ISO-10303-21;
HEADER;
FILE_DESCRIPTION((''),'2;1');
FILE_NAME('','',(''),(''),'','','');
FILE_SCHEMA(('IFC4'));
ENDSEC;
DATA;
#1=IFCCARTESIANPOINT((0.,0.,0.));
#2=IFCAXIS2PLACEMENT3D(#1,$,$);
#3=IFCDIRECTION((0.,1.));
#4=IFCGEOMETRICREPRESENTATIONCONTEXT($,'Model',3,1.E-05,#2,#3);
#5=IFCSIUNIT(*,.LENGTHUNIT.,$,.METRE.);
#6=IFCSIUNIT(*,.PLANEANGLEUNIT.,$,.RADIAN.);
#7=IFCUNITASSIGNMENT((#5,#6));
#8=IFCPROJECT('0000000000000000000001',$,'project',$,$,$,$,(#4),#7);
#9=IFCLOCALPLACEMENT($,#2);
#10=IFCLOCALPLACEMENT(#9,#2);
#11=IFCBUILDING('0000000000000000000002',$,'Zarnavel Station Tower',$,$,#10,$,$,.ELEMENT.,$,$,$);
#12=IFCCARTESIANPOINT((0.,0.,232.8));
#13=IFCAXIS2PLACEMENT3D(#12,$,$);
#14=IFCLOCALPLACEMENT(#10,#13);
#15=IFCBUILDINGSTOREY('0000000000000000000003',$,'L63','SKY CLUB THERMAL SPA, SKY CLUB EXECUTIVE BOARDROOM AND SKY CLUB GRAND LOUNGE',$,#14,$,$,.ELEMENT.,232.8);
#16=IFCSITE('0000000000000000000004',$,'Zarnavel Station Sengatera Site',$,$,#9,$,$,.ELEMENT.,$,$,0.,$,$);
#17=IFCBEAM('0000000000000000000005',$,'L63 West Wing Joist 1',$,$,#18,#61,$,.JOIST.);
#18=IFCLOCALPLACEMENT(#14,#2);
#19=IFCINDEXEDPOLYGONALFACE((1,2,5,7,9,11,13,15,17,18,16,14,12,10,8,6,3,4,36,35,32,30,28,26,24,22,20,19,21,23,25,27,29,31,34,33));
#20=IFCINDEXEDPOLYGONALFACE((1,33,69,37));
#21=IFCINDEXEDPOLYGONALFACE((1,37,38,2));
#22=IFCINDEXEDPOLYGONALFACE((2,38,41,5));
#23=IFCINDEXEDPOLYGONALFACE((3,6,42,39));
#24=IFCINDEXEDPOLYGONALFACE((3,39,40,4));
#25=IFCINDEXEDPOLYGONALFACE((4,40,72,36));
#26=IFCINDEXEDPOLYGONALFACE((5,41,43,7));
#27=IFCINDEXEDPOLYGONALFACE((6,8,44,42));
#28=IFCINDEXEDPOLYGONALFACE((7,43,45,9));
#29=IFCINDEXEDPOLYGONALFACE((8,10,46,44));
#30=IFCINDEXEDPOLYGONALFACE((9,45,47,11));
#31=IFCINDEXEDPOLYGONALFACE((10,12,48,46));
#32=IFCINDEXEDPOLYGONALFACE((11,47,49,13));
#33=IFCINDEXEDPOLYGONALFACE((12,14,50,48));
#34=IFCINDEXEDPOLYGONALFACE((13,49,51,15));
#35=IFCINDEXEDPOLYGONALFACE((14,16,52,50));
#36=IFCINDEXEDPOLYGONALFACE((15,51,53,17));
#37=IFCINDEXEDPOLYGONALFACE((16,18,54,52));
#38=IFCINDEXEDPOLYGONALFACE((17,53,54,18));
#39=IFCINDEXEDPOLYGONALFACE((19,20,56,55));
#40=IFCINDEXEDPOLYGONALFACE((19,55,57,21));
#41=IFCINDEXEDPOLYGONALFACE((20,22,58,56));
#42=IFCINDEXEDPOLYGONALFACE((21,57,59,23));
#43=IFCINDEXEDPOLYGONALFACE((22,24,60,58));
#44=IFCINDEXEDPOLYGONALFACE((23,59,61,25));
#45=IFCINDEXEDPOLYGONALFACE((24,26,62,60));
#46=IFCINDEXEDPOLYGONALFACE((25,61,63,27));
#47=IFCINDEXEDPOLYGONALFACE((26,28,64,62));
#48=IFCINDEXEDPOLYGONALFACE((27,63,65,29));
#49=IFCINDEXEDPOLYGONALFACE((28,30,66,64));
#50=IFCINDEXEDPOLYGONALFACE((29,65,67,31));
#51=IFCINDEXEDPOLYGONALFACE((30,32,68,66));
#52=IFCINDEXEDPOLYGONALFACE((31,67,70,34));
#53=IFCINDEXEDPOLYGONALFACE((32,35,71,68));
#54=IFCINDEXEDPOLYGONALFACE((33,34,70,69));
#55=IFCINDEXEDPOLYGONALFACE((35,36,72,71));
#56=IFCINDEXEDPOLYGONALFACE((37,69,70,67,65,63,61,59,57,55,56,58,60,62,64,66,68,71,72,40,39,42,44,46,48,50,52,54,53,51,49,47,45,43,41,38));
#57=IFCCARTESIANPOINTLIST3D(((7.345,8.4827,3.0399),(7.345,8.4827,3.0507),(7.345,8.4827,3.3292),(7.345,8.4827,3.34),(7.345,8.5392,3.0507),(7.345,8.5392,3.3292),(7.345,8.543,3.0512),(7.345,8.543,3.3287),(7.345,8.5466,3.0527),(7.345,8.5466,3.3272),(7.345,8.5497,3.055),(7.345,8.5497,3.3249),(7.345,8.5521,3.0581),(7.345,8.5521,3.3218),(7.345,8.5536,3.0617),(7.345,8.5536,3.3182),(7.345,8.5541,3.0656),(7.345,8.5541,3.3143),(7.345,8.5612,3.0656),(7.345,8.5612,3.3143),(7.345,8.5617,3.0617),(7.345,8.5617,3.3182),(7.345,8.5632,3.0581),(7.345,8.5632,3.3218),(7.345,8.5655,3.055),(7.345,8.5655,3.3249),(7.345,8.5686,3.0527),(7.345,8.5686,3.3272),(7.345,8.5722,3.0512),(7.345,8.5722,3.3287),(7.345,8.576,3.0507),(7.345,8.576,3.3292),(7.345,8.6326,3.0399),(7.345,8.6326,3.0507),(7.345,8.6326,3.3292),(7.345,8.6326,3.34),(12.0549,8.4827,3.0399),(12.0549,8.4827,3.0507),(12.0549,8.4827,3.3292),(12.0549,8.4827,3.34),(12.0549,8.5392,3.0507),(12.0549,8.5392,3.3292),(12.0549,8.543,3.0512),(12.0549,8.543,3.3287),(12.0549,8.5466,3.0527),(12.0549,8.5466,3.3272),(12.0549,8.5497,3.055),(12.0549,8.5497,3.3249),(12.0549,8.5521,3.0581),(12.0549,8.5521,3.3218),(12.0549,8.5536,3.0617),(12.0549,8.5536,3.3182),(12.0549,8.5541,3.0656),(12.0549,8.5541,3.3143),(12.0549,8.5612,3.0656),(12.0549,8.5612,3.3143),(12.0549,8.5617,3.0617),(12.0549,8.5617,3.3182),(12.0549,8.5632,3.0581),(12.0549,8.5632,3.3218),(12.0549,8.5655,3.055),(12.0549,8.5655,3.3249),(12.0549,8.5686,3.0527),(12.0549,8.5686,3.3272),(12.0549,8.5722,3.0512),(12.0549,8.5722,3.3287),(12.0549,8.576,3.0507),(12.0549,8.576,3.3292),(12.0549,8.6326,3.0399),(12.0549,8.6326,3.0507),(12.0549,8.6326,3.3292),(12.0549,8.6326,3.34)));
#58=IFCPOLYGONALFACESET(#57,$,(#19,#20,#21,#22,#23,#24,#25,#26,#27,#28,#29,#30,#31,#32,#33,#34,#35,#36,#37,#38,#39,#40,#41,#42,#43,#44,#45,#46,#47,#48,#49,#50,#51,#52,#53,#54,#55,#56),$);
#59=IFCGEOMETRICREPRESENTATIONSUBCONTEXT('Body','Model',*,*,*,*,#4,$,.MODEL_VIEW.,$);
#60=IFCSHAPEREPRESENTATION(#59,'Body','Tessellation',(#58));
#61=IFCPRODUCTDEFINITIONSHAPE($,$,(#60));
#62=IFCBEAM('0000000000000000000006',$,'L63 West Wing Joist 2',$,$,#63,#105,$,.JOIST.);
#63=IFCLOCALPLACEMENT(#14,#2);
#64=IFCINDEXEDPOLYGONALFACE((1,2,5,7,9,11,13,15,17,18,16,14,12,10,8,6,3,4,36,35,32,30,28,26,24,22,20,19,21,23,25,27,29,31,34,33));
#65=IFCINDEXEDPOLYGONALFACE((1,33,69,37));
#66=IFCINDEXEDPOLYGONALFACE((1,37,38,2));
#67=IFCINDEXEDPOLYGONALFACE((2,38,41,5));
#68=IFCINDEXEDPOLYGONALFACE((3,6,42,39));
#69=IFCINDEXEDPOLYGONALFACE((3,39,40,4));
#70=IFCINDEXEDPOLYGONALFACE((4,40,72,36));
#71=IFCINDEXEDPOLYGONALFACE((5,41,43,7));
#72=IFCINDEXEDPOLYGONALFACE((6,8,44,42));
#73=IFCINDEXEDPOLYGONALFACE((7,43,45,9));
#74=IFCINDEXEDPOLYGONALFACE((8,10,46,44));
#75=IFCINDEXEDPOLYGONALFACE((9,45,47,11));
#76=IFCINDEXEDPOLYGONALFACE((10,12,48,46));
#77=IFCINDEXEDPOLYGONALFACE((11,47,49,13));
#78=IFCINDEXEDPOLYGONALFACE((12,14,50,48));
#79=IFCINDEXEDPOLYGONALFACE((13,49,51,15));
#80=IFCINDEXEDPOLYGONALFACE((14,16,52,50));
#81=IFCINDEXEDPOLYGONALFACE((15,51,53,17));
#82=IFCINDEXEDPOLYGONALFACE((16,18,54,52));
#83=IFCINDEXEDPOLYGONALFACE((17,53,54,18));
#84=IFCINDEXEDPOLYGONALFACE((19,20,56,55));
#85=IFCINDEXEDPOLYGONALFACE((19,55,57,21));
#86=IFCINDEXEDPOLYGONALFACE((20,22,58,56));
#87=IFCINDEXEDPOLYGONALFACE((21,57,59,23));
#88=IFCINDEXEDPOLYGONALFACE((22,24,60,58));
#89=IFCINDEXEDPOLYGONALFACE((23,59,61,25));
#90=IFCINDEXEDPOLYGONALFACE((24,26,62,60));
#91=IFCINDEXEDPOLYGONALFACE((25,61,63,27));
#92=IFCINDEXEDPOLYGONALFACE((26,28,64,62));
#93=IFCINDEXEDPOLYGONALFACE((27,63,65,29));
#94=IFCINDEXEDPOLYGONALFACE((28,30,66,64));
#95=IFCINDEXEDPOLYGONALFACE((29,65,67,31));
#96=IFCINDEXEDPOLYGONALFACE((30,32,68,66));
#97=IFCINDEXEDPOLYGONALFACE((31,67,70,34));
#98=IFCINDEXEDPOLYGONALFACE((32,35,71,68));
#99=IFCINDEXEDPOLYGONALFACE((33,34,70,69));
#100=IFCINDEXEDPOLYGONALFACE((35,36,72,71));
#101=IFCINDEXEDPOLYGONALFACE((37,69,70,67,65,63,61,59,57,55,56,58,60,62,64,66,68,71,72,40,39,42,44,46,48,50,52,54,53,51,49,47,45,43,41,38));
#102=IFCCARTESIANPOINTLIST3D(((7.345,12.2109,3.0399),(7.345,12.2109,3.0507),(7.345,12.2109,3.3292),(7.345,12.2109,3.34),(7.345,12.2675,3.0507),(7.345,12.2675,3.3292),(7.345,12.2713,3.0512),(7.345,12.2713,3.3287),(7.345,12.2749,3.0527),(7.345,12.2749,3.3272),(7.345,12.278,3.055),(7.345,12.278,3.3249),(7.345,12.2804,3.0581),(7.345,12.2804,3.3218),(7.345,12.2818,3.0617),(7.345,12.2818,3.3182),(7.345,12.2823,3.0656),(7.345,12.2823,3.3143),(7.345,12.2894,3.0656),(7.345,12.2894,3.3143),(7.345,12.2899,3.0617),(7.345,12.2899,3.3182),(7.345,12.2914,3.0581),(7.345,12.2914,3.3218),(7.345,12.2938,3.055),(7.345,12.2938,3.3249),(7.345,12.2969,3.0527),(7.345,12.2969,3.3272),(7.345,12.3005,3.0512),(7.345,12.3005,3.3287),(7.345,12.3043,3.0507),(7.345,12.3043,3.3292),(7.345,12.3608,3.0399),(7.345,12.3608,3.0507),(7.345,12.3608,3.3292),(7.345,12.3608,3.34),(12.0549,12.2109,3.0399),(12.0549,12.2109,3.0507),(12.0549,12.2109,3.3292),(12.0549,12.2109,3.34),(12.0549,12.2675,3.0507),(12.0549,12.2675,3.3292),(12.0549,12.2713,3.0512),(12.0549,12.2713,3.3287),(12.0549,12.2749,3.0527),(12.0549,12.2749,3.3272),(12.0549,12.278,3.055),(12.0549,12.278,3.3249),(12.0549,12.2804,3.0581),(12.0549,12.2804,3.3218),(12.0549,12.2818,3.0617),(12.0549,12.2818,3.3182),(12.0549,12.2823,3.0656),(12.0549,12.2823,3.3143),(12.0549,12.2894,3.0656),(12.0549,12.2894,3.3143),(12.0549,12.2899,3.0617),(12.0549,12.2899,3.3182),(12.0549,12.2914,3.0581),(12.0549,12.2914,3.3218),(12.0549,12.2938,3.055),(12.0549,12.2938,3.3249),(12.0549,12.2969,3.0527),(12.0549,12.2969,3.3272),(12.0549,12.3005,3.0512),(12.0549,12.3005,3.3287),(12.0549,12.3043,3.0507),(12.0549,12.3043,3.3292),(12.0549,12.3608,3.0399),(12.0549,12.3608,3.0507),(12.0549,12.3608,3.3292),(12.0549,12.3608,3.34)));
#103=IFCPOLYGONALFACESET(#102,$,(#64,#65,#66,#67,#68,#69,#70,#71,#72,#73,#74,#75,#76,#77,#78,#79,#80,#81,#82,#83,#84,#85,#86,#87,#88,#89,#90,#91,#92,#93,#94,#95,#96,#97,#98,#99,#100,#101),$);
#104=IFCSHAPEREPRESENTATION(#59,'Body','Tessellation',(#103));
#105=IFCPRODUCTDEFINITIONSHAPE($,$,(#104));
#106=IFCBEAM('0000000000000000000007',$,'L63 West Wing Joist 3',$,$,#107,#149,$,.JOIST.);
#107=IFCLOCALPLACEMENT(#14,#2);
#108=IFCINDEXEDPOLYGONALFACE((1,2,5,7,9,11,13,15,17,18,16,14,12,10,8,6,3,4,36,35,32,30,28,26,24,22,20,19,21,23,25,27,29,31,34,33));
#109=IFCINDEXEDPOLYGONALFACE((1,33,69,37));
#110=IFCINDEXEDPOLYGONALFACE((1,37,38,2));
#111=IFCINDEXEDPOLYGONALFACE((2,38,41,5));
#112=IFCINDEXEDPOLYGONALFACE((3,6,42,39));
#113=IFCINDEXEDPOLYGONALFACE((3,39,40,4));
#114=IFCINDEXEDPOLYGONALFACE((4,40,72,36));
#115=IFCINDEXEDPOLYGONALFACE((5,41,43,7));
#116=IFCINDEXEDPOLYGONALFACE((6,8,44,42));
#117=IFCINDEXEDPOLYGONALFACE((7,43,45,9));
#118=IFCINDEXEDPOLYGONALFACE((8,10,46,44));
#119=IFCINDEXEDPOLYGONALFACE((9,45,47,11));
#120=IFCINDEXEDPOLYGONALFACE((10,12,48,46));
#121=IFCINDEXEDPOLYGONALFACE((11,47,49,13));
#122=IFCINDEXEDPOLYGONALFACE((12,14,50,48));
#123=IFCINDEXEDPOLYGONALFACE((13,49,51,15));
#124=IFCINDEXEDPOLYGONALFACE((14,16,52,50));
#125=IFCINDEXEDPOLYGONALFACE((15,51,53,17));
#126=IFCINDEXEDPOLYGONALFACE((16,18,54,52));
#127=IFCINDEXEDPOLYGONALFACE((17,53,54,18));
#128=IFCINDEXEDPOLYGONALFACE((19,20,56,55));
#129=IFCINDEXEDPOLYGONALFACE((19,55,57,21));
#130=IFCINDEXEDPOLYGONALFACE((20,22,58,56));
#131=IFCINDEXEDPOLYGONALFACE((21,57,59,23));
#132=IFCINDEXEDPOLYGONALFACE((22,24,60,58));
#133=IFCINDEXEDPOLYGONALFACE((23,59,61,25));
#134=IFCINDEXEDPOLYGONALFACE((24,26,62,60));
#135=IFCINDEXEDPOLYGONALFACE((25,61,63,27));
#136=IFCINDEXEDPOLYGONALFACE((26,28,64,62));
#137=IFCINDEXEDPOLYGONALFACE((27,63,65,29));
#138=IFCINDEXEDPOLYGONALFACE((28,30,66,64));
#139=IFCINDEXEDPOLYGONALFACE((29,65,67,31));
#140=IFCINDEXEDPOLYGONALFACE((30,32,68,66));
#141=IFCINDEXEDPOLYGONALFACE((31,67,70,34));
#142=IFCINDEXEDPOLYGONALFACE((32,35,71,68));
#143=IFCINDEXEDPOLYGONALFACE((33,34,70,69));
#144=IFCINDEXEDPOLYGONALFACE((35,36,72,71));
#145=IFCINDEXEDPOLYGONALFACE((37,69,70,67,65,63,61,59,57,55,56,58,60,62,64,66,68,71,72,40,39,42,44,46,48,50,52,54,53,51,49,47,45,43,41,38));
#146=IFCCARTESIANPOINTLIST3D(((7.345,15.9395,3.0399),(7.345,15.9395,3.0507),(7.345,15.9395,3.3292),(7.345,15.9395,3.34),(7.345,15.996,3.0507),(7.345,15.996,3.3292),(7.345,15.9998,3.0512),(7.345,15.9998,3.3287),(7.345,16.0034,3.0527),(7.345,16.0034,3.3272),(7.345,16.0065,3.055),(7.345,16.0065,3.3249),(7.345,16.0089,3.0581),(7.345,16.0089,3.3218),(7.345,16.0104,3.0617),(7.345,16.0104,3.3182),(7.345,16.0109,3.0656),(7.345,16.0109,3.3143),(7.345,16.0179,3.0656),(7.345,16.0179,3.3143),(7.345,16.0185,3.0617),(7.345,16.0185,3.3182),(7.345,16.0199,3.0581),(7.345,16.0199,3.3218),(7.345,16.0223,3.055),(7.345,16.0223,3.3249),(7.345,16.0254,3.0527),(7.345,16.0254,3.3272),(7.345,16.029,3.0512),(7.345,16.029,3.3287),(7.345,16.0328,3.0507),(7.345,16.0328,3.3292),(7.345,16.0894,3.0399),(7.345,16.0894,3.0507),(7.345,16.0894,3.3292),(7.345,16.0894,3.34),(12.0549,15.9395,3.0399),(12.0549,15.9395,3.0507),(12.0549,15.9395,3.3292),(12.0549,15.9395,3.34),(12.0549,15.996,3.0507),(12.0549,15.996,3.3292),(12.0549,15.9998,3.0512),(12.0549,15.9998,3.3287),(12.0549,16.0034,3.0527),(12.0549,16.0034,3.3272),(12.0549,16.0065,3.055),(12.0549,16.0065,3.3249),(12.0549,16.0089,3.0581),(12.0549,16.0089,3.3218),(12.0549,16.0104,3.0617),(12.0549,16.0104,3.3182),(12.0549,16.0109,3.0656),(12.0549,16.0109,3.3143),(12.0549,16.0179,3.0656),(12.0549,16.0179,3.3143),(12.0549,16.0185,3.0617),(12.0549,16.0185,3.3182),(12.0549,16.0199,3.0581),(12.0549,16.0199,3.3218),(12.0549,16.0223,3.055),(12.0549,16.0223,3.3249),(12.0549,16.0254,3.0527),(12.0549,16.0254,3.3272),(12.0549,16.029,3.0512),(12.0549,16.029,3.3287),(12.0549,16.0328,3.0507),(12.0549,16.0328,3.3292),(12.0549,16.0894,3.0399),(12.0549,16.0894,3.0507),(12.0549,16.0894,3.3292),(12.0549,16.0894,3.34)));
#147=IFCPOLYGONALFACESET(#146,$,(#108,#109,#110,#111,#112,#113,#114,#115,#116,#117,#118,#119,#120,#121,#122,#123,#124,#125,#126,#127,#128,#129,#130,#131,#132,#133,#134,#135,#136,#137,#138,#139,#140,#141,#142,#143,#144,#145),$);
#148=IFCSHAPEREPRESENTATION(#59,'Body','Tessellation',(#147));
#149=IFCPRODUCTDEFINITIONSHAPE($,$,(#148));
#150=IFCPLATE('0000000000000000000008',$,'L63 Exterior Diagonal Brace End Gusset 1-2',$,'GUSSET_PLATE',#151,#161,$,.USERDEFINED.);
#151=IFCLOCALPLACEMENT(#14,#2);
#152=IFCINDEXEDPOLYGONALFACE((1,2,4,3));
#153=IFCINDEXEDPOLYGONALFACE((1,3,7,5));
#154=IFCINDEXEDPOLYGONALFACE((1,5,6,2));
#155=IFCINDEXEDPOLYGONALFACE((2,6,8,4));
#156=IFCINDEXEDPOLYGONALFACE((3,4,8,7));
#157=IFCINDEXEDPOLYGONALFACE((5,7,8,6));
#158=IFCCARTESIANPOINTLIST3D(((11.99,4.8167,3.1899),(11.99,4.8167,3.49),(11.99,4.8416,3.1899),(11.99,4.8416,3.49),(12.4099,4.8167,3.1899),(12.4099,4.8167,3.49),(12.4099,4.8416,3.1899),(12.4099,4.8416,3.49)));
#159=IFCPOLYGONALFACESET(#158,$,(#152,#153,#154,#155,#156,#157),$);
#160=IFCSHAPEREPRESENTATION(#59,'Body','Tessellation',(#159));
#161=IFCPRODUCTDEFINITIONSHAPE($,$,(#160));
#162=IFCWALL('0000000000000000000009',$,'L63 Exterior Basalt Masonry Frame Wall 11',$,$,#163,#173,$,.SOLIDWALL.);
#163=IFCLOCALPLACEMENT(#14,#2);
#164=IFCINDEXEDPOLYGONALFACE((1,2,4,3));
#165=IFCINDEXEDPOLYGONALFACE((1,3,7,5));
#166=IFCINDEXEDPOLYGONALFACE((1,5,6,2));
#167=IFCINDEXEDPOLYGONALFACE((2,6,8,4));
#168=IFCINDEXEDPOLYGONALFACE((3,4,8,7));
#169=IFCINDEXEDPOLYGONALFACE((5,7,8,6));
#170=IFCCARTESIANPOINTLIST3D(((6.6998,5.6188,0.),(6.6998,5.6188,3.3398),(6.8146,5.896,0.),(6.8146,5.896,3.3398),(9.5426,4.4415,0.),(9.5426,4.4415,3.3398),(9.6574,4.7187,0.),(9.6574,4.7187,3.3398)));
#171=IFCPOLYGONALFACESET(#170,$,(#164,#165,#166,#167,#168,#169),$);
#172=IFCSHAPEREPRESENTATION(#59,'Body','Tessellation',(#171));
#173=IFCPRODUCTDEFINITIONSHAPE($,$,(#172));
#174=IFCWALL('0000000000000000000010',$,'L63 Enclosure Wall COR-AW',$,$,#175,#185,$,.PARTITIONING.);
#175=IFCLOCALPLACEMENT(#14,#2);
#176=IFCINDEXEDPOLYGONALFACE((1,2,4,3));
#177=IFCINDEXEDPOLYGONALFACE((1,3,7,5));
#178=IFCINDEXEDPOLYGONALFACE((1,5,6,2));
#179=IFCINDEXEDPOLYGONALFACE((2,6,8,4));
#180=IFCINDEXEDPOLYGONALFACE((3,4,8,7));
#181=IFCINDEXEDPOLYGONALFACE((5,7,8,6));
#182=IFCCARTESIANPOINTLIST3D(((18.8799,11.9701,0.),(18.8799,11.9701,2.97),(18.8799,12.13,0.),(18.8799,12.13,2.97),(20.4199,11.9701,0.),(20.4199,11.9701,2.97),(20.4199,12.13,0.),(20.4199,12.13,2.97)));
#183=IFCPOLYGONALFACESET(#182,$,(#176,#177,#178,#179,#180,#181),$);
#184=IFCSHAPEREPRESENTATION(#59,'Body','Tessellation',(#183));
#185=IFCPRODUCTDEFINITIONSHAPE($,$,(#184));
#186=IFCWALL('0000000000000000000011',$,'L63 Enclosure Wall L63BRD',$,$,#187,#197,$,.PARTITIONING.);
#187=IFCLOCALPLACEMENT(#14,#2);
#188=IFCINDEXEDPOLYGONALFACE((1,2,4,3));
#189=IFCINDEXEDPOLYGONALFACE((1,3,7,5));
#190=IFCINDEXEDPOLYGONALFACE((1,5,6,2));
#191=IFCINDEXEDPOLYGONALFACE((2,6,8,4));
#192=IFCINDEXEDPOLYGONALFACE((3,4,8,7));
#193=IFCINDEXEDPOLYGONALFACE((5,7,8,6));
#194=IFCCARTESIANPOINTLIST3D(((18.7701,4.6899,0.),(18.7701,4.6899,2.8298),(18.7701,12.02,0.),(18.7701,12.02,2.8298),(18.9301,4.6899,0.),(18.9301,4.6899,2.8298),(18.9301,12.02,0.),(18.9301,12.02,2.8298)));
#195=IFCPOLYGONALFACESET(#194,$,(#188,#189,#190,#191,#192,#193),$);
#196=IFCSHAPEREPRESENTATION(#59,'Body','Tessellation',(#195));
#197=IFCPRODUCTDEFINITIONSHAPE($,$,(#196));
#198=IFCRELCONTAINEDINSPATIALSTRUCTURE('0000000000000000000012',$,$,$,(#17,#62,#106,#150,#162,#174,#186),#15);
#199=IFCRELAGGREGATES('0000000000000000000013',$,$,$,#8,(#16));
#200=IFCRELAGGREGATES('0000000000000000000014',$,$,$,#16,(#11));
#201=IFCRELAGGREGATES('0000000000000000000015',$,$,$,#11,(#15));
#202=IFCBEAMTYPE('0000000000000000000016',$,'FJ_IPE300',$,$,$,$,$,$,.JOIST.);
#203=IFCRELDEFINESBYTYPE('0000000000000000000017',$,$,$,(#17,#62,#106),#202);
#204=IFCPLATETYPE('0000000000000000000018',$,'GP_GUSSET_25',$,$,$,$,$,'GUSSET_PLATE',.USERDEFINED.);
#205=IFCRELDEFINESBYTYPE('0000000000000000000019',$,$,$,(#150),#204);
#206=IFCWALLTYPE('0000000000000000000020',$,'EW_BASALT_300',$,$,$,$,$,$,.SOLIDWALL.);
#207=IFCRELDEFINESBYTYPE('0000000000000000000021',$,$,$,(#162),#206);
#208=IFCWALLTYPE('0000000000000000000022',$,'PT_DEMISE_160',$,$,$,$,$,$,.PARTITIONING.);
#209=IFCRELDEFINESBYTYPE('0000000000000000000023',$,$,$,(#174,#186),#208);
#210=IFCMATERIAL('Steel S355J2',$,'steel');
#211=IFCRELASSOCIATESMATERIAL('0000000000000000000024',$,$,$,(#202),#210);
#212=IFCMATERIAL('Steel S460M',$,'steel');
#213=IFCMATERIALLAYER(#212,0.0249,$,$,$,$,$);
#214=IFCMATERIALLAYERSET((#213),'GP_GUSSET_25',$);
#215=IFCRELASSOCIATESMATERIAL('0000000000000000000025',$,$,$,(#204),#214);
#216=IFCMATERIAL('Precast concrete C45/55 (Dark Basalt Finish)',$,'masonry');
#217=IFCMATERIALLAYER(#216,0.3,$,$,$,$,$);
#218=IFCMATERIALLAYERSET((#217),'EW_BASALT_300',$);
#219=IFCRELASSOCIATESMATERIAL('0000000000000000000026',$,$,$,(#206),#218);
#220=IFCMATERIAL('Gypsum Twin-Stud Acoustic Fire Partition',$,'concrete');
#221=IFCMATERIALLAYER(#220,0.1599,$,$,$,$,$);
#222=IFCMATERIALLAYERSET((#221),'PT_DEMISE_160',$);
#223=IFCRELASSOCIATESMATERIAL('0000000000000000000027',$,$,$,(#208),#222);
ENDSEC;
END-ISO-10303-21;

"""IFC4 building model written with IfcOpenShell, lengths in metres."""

from ifc_helpers import new_model, si_unit, direction, frame, frame_2d, origin, origin_2d, place, context, subcontext, project, spatial, rectangle, i_section, extrude, material, layer, layer_set, material_profile, profile_set, type_object, element, save


model = new_model("IFC4")

# Units and contexts
model_context = context("Model", 3, precision=1e-05, world=origin(), true_north=direction((0.0, 1.0)))
body_context = subcontext(model_context, "Body", "Model", "MODEL_VIEW")
ifc_project = project(units=[si_unit("LENGTHUNIT", "METRE"), si_unit("PLANEANGLEUNIT", "RADIAN")], contexts=[model_context])

# Site, building, storey
site_placement = place(None, origin())
site = spatial("IfcSite", under=ifc_project, at=site_placement, Name="Zarnavel Station Sengatera Site", CompositionType="ELEMENT", RefElevation=0.0)
building_placement = place(site_placement, origin())
building = spatial("IfcBuilding", under=site, at=building_placement, Name="Zarnavel Station Tower", CompositionType="ELEMENT")
storey_placement = place(building_placement, frame((0.0, 0.0, 232.8)))
storey = spatial("IfcBuildingStorey", under=building, at=storey_placement, Name="L63", Description="SKY CLUB THERMAL SPA, SKY CLUB EXECUTIVE BOARDROOM AND SKY CLUB GRAND LOUNGE", CompositionType="ELEMENT", Elevation=232.8)

# Beams
ifc_material_1 = material(Name="Steel S355J2", Category="steel")
ifc_material_profile_1 = material_profile(ifc_material_1, i_section(OverallWidth=0.1499, OverallDepth=0.3, WebThickness=0.0071, FlangeThickness=0.0107, FilletRadius=0.0149, at=origin_2d()), Name="IPE300")
ifc_profile_set_1 = profile_set([ifc_material_profile_1], Name="Steel S355J2")
beam_type_1 = type_object("IfcBeamType", Name="FJ_IPE300", PredefinedType="JOIST", material=ifc_profile_set_1)
for number, where, z_axis, x_axis, name in (
    (1, (7.345, 8.5576, 3.1899), (1.0, 0.0, 0.0), (0.0, 1.0, 0.0), "L63 West Wing Joist 1"),
    (2, (7.345, 12.2859, 3.1899), (1.0, 0.0, 0.0), (0.0, 1.0, 0.0), "L63 West Wing Joist 2"),
    (3, (7.345, 16.0144, 3.1899), (1.0, 0.0, 0.0), (0.0, 1.0, 0.0), "L63 West Wing Joist 3"),
):
    element("IfcBeam", number, at=place(storey_placement, frame(where, z_axis=z_axis, x_axis=x_axis)), inside=storey, type_object=beam_type_1, Name=name, PredefinedType="JOIST", context=body_context, shape_type="SweptSolid", body=[
        extrude(i_section(OverallWidth=0.1499, OverallDepth=0.3, WebThickness=0.0071, FlangeThickness=0.0107, FilletRadius=0.0149, at=origin_2d()), origin(), (0.0, 0.0, 1.0), 4.71),
    ])

# Plate
ifc_material_2 = material(Name="Steel S460M", Category="steel")
ifc_layer_1 = layer(ifc_material_2, 0.0249)
ifc_layer_set_1 = layer_set([ifc_layer_1], Name="GP_GUSSET_25")
plate_type = type_object("IfcPlateType", Name="GP_GUSSET_25", ElementType="GUSSET_PLATE", PredefinedType="USERDEFINED", material=ifc_layer_set_1)
plate_placement = place(storey_placement, frame((12.2, 4.8291, 3.1899), z_axis=(0.0, 0.0, 1.0), x_axis=(1.0, 0.0, 0.0)))
element("IfcPlate", 4, at=plate_placement, inside=storey, type_object=plate_type, Name="L63 Exterior Diagonal Brace End Gusset 1-2", ObjectType="GUSSET_PLATE", PredefinedType="USERDEFINED", context=body_context, shape_type="SweptSolid", body=[
    extrude(rectangle(XDim=0.4199, YDim=0.0249, at=origin_2d()), origin(), (0.0, 0.0, 1.0), 0.3),
])

# Walls
ifc_material_3 = material(Name="Precast concrete C45/55 (Dark Basalt Finish)", Category="masonry")
ifc_layer_2 = layer(ifc_material_3, 0.3)
ifc_layer_set_2 = layer_set([ifc_layer_2], Name="EW_BASALT_300")
wall_type_1 = type_object("IfcWallType", Name="EW_BASALT_300", PredefinedType="SOLIDWALL", material=ifc_layer_set_2)
wall_1_placement = place(storey_placement, frame((9.6001, 4.5801, 0.0), z_axis=(0.0, 0.0, 1.0), x_axis=(-0.92391, 0.382609, 0.0)))
element("IfcWall", 5, at=wall_1_placement, inside=storey, type_object=wall_type_1, Name="L63 Exterior Basalt Masonry Frame Wall 11", PredefinedType="SOLIDWALL", context=body_context, shape_type="SweptSolid", body=[
    extrude(rectangle(XDim=3.0769, YDim=0.3, at=frame_2d((1.5386, 0.0))), origin(), (0.0, 0.0, 1.0), 3.3398),
])
ifc_material_4 = material(Name="Gypsum Twin-Stud Acoustic Fire Partition", Category="concrete")
ifc_layer_3 = layer(ifc_material_4, 0.1599)
ifc_layer_set_3 = layer_set([ifc_layer_3], Name="PT_DEMISE_160")
wall_type_2 = type_object("IfcWallType", Name="PT_DEMISE_160", PredefinedType="PARTITIONING", material=ifc_layer_set_3)
wall_2_placement = place(storey_placement, frame((18.8799, 12.05, 0.0), z_axis=(0.0, 0.0, 1.0), x_axis=(1.0, 0.0, 0.0)))
element("IfcWall", 6, at=wall_2_placement, inside=storey, type_object=wall_type_2, Name="L63 Enclosure Wall COR-AW", PredefinedType="PARTITIONING", context=body_context, shape_type="SweptSolid", body=[
    extrude(rectangle(XDim=1.54, YDim=0.1599, at=frame_2d((0.77, 0.0))), origin(), (0.0, 0.0, 1.0), 2.97),
])
for number, where, z_axis, x_axis, name in (
    (7, (18.8501, 4.6899, 0.0), (0.0, 0.0, 1.0), (0.0, 1.0, 0.0), "L63 Enclosure Wall L63BRD"),
):
    element("IfcWall", number, at=place(storey_placement, frame(where, z_axis=z_axis, x_axis=x_axis)), inside=storey, type_object=wall_type_2, Name=name, PredefinedType="PARTITIONING", context=body_context, shape_type="SweptSolid", body=[
        extrude(rectangle(XDim=7.3301, YDim=0.1599, at=frame_2d((3.665, 0.0))), origin(), (0.0, 0.0, 1.0), 2.8298),
    ])

save(model, "model.ifc")
